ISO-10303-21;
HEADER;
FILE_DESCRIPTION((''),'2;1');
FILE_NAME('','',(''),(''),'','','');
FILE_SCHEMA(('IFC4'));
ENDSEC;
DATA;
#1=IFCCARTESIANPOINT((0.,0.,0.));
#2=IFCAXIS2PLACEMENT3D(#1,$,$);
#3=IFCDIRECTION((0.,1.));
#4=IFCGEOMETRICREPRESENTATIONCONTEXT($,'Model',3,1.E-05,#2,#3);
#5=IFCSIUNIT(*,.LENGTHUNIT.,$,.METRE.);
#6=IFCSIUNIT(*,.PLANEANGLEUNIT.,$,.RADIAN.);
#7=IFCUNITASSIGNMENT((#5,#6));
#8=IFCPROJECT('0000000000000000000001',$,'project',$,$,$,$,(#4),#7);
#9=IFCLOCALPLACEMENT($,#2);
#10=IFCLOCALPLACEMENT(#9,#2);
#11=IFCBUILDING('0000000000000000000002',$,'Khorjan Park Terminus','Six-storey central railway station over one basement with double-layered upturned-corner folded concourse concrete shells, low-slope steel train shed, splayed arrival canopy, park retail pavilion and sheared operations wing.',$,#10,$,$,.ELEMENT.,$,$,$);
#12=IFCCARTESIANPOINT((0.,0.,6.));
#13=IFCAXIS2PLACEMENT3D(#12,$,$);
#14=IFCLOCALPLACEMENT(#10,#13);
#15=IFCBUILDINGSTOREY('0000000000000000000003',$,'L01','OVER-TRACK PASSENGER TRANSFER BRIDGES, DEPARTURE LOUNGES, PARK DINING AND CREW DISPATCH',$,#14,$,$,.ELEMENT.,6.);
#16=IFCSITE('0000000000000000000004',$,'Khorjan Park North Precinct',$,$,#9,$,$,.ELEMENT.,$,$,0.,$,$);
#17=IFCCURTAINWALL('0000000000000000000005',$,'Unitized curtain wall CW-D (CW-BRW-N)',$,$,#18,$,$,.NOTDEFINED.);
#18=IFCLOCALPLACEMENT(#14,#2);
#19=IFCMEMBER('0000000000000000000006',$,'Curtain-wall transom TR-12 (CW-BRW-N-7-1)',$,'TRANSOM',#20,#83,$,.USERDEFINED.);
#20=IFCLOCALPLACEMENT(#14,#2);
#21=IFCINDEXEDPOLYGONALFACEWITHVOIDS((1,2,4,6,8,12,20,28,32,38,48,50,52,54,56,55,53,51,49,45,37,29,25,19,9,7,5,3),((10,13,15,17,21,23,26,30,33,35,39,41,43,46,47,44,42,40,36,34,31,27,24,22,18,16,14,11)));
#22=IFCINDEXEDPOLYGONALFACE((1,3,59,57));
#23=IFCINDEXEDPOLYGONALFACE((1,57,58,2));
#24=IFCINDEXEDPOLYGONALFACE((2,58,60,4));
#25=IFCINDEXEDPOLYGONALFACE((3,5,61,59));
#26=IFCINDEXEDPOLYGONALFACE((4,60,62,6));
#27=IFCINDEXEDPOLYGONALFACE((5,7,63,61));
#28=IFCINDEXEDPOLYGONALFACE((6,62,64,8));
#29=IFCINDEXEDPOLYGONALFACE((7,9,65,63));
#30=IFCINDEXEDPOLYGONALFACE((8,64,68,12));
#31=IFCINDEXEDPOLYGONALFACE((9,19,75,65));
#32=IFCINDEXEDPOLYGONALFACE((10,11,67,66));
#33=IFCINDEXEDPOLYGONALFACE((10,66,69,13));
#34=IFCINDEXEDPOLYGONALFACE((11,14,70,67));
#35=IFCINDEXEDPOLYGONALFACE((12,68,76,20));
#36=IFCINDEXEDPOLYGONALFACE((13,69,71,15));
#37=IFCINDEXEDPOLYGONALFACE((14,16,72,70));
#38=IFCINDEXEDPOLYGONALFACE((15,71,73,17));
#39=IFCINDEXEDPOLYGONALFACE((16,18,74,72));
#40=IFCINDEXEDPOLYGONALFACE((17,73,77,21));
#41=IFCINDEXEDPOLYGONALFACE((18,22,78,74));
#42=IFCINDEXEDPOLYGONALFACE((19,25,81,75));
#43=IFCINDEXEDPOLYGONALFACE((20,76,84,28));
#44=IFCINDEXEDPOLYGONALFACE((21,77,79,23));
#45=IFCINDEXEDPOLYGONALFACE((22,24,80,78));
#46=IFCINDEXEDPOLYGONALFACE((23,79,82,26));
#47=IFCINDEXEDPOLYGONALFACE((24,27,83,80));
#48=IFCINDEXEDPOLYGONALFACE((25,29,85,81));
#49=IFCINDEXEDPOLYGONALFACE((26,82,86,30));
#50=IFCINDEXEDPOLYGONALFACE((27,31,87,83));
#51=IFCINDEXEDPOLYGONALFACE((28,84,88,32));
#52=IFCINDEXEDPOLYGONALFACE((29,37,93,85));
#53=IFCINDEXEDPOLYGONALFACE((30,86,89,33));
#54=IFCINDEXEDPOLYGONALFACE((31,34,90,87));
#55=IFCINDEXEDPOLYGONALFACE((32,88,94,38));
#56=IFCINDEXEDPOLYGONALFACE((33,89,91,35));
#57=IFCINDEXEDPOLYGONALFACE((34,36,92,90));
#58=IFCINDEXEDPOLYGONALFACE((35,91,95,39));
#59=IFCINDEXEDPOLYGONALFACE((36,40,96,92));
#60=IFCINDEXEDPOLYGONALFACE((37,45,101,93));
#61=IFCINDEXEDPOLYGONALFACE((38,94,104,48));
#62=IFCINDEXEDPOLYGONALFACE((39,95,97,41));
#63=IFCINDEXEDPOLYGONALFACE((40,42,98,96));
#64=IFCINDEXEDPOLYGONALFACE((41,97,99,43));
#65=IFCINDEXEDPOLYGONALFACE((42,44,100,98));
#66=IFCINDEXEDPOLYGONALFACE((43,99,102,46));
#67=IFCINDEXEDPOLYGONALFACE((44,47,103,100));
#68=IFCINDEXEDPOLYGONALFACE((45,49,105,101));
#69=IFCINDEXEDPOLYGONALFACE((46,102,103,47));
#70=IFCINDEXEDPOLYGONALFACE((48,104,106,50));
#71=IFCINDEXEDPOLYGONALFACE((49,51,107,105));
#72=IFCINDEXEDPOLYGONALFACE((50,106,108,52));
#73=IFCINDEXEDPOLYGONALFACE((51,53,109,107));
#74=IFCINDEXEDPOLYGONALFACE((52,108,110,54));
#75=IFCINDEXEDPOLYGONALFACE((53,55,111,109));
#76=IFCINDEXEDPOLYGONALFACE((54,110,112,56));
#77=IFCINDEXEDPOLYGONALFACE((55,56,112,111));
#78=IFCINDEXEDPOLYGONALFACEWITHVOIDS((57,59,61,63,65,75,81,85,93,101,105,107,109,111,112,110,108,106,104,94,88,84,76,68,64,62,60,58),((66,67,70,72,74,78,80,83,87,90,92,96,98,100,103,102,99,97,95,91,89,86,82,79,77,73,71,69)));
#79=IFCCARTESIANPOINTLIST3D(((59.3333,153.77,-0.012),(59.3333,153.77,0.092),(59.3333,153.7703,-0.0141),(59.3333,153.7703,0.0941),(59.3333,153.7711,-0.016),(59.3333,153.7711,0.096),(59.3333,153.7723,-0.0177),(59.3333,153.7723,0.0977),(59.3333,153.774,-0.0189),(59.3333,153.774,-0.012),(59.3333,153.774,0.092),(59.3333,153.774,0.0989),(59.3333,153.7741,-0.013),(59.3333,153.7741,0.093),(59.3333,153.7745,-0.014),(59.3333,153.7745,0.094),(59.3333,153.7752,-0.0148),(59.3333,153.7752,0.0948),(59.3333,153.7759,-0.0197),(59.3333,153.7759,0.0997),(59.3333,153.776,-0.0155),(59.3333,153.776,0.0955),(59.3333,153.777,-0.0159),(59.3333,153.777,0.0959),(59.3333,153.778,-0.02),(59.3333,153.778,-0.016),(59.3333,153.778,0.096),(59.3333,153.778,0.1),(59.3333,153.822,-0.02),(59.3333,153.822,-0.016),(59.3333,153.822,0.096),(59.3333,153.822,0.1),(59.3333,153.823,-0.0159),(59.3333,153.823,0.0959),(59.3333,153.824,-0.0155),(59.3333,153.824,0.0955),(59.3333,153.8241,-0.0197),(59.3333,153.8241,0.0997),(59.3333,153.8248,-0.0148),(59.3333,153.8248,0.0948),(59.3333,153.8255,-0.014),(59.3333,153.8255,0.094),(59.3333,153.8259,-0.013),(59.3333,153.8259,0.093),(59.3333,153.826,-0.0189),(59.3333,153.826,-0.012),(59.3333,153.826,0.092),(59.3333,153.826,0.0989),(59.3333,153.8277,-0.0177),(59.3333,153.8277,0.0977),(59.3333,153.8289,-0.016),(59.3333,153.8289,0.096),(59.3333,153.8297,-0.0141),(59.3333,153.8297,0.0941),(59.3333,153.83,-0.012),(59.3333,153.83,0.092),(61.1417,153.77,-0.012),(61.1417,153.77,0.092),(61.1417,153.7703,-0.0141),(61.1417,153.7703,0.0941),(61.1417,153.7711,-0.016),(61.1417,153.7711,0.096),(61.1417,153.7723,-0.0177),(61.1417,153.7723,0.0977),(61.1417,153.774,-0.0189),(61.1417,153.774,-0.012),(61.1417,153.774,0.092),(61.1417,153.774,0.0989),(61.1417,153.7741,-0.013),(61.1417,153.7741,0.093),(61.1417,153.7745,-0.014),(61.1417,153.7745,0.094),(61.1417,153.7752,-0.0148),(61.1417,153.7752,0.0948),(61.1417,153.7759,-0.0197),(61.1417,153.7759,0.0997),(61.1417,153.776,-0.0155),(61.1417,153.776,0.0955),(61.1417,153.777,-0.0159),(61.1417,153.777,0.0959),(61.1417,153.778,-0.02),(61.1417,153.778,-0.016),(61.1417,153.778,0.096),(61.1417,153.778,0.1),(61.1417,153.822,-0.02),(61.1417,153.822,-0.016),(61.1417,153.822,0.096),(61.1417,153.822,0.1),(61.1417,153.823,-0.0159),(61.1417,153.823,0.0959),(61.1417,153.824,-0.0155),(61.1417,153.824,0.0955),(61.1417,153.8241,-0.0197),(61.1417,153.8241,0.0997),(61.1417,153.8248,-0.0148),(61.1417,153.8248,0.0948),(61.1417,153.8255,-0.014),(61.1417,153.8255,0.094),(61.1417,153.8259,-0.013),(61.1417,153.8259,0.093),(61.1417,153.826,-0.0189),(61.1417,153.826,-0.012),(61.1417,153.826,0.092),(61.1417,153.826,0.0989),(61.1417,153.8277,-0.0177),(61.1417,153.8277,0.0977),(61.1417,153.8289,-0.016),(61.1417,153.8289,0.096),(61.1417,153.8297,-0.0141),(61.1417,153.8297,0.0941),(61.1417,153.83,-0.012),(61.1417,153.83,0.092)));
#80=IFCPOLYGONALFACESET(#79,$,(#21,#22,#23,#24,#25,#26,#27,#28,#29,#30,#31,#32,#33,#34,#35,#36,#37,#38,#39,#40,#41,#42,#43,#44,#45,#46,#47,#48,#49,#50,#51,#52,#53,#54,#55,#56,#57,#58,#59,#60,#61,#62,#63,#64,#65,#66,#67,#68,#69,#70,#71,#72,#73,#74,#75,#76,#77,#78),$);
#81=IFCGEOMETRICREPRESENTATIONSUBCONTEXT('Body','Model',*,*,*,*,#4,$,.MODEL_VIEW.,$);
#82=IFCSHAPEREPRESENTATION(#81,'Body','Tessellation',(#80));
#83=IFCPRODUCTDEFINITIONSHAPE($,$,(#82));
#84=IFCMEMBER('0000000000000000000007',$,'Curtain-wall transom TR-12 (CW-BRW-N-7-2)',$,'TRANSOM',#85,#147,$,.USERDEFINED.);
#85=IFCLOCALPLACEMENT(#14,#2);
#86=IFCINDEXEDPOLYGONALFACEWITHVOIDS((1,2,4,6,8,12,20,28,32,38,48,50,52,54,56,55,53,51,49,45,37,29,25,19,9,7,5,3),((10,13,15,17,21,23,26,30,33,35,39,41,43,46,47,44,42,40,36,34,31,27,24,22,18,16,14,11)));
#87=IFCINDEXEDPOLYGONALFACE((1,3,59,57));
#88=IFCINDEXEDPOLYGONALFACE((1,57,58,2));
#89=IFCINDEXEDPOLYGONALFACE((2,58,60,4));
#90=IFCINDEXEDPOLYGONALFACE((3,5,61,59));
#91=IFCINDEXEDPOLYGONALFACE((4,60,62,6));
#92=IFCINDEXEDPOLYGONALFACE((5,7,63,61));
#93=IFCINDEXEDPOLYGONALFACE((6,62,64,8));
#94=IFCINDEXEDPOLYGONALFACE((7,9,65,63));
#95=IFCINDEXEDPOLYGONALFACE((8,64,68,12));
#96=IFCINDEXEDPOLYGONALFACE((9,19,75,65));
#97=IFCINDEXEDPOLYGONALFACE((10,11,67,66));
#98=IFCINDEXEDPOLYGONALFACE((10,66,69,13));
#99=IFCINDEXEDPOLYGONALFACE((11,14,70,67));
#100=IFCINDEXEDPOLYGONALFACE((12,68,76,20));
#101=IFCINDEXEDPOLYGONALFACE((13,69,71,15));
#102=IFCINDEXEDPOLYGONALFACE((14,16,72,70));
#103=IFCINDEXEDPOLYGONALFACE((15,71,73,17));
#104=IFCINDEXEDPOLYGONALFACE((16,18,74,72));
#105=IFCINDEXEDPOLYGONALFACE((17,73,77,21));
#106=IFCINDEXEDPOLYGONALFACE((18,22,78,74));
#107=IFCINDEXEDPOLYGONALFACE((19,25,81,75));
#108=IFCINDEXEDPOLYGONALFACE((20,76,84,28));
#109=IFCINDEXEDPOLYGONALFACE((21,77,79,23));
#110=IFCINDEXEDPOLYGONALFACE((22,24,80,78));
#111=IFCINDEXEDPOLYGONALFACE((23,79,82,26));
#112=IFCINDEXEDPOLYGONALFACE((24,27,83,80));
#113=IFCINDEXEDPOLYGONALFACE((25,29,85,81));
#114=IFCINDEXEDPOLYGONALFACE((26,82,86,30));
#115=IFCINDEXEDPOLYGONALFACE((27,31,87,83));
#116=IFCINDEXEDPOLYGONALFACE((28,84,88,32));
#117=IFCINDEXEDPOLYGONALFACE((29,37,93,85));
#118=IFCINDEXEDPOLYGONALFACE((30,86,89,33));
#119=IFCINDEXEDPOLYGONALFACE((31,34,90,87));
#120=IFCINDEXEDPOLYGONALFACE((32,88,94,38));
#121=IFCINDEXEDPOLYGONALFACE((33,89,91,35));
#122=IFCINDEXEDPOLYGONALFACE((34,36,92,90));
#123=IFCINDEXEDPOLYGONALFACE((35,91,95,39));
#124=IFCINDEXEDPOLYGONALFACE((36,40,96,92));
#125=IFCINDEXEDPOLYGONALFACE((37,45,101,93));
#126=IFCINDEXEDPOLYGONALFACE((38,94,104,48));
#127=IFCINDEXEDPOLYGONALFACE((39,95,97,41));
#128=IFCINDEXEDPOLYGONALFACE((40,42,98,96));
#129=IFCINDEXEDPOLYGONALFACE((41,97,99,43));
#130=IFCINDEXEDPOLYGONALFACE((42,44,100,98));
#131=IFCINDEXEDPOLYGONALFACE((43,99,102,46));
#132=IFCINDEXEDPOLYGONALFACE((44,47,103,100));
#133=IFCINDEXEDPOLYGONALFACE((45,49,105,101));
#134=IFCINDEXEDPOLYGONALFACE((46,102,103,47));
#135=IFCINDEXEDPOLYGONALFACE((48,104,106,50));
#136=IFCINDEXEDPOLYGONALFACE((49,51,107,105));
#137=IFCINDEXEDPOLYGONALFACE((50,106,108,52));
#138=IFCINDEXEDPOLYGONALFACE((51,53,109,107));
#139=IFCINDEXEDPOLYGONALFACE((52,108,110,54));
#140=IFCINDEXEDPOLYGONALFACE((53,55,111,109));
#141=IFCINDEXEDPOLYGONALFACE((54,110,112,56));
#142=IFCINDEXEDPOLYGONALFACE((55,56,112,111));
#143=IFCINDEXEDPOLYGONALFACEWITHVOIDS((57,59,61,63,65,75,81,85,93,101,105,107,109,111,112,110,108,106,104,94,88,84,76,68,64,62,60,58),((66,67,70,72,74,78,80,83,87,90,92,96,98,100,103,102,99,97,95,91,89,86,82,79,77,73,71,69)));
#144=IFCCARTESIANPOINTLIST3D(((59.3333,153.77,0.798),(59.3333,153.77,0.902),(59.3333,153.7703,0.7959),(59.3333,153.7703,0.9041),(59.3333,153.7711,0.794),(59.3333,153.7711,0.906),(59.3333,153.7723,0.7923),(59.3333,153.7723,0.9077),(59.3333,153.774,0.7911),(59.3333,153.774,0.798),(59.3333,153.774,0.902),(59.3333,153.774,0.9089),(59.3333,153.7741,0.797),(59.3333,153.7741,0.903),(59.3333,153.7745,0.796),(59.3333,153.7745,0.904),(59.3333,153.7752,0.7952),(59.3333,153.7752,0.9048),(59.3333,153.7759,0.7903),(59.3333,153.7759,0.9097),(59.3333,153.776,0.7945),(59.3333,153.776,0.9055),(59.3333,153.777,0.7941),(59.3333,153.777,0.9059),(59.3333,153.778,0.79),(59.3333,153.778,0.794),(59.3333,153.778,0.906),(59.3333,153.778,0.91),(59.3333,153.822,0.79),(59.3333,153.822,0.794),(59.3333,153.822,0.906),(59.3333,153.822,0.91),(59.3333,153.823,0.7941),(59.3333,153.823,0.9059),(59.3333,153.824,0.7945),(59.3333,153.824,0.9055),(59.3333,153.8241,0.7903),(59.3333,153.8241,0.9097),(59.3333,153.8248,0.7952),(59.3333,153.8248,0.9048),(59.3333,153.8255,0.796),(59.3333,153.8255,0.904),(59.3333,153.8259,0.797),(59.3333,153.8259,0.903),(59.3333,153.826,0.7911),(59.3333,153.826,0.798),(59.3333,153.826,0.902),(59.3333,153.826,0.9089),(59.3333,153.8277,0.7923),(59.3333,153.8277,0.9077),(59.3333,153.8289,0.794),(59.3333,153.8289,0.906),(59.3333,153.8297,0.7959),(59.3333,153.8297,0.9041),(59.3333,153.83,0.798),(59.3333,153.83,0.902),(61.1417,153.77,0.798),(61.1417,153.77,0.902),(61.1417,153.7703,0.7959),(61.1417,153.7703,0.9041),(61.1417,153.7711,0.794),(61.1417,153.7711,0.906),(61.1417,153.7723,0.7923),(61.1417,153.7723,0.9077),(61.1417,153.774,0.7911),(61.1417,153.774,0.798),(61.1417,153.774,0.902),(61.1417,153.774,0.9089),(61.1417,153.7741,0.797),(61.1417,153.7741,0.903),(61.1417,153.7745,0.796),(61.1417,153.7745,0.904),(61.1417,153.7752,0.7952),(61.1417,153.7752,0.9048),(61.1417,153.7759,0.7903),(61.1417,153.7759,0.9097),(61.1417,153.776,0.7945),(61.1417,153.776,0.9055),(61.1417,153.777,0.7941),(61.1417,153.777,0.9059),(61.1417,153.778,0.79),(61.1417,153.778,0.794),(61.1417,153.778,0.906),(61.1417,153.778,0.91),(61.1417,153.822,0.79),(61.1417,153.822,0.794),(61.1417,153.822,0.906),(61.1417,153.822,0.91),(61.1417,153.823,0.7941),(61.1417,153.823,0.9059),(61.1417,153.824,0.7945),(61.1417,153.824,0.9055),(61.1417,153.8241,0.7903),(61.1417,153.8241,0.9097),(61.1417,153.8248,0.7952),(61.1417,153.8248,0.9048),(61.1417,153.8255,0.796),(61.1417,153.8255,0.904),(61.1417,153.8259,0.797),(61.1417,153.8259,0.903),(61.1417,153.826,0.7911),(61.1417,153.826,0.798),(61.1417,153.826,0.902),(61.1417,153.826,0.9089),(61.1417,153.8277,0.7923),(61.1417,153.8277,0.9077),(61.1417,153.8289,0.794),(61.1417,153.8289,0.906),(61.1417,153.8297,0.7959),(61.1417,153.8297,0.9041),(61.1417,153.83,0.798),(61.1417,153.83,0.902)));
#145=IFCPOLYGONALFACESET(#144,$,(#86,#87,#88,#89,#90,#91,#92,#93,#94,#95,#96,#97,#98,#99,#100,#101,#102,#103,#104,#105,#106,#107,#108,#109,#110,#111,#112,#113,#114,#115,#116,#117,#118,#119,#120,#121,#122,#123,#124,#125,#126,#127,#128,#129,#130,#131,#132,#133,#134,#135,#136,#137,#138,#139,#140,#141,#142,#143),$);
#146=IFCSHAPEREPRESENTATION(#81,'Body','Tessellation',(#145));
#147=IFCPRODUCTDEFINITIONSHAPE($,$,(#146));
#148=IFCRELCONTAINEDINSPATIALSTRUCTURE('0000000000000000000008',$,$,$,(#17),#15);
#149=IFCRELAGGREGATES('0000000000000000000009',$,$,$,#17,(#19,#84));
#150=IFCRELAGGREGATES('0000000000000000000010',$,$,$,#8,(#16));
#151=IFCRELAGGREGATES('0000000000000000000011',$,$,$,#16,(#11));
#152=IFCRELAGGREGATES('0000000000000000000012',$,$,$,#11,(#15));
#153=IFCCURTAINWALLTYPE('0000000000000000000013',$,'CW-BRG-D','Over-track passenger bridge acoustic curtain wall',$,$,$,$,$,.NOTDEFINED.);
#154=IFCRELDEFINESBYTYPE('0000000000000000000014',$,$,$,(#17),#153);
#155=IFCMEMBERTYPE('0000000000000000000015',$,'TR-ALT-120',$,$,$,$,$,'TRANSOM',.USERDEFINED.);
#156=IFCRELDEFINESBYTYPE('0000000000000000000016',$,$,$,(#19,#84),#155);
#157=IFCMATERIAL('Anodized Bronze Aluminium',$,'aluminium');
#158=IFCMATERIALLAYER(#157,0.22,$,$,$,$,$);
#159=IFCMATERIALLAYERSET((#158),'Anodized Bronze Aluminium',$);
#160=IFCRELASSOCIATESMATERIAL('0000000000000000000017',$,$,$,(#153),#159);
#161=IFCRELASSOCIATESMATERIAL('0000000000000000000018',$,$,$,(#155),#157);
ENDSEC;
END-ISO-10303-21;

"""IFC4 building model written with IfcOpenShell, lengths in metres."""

from ifc_helpers import new_model, si_unit, direction, frame, origin, origin_2d, place, context, subcontext, project, spatial, hollow_rectangle, extrude, material, layer, layer_set, material_profile, profile_set, type_object, element, aggregate, save


model = new_model("IFC4")

# Units and contexts
model_context = context("Model", 3, precision=1e-05, world=origin(), true_north=direction((0.0, 1.0)))
body_context = subcontext(model_context, "Body", "Model", "MODEL_VIEW")
ifc_project = project(units=[si_unit("LENGTHUNIT", "METRE"), si_unit("PLANEANGLEUNIT", "RADIAN")], contexts=[model_context])

# Site, building, storey
site_placement = place(None, origin())
site = spatial("IfcSite", under=ifc_project, at=site_placement, Name="Khorjan Park North Precinct", CompositionType="ELEMENT", RefElevation=0.0)
building_placement = place(site_placement, origin())
building = spatial("IfcBuilding", under=site, at=building_placement, Name="Khorjan Park Terminus", Description="Six-storey central railway station over one basement with double-layered upturned-corner folded concourse concrete shells, low-slope steel train shed, splayed arrival canopy, park retail pavilion and sheared operations wing.", CompositionType="ELEMENT")
storey_placement = place(building_placement, frame((0.0, 0.0, 6.0)))
storey = spatial("IfcBuildingStorey", under=building, at=storey_placement, Name="L01", Description="OVER-TRACK PASSENGER TRANSFER BRIDGES, DEPARTURE LOUNGES, PARK DINING AND CREW DISPATCH", CompositionType="ELEMENT", Elevation=6.0)

# Curtain wall, members
ifc_material_1 = material(Name="Anodized Bronze Aluminium", Category="aluminium")
ifc_layer_1 = layer(ifc_material_1, 0.22)
ifc_layer_set_1 = layer_set([ifc_layer_1], Name="Anodized Bronze Aluminium")
curtain_wall_type = type_object("IfcCurtainWallType", Name="CW-BRG-D", Description="Over-track passenger bridge acoustic curtain wall", PredefinedType="NOTDEFINED", material=ifc_layer_set_1)
curtain_wall_placement = place(storey_placement, origin())
curtain_wall = element("IfcCurtainWall", 1, at=curtain_wall_placement, inside=storey, type_object=curtain_wall_type, Name="Unitized curtain wall CW-D (CW-BRW-N)", PredefinedType="NOTDEFINED")
ifc_material_profile_1 = material_profile(ifc_material_1, hollow_rectangle(XDim=0.06, YDim=0.12, WallThickness=0.004, InnerFilletRadius=0.004, OuterFilletRadius=0.008, at=origin_2d()), Name="ALT 60x120x4")
ifc_profile_set_1 = profile_set([ifc_material_profile_1], Name="Anodized Bronze Aluminium")
member_type_1 = type_object("IfcMemberType", Name="TR-ALT-120", ElementType="TRANSOM", PredefinedType="USERDEFINED", material=ifc_profile_set_1)
member_1_placement = place(storey_placement, frame((61.1417, 153.8, 0.04), z_axis=(-1.0, 0.0, 0.0), x_axis=(0.0, -1.0, 0.0)))
member_1 = element("IfcMember", 2, at=member_1_placement, type_object=member_type_1, Name="Curtain-wall transom TR-12 (CW-BRW-N-7-1)", ObjectType="TRANSOM", PredefinedType="USERDEFINED", context=body_context, shape_type="SweptSolid", body=[
    extrude(hollow_rectangle(XDim=0.06, YDim=0.12, WallThickness=0.004, InnerFilletRadius=0.004, OuterFilletRadius=0.008, at=origin_2d()), origin(), (0.0, 0.0, 1.0), 1.8084),
])
member_2_placement = place(storey_placement, frame((61.1417, 153.8, 0.85), z_axis=(-1.0, 0.0, 0.0), x_axis=(0.0, -1.0, 0.0)))
member_2 = element("IfcMember", 3, at=member_2_placement, type_object=member_type_1, Name="Curtain-wall transom TR-12 (CW-BRW-N-7-2)", ObjectType="TRANSOM", PredefinedType="USERDEFINED", context=body_context, shape_type="SweptSolid", body=[
    extrude(hollow_rectangle(XDim=0.06, YDim=0.12, WallThickness=0.004, InnerFilletRadius=0.004, OuterFilletRadius=0.008, at=origin_2d()), origin(), (0.0, 0.0, 1.0), 1.8084),
])
aggregate(curtain_wall, [member_1, member_2])

save(model, "model.ifc")
